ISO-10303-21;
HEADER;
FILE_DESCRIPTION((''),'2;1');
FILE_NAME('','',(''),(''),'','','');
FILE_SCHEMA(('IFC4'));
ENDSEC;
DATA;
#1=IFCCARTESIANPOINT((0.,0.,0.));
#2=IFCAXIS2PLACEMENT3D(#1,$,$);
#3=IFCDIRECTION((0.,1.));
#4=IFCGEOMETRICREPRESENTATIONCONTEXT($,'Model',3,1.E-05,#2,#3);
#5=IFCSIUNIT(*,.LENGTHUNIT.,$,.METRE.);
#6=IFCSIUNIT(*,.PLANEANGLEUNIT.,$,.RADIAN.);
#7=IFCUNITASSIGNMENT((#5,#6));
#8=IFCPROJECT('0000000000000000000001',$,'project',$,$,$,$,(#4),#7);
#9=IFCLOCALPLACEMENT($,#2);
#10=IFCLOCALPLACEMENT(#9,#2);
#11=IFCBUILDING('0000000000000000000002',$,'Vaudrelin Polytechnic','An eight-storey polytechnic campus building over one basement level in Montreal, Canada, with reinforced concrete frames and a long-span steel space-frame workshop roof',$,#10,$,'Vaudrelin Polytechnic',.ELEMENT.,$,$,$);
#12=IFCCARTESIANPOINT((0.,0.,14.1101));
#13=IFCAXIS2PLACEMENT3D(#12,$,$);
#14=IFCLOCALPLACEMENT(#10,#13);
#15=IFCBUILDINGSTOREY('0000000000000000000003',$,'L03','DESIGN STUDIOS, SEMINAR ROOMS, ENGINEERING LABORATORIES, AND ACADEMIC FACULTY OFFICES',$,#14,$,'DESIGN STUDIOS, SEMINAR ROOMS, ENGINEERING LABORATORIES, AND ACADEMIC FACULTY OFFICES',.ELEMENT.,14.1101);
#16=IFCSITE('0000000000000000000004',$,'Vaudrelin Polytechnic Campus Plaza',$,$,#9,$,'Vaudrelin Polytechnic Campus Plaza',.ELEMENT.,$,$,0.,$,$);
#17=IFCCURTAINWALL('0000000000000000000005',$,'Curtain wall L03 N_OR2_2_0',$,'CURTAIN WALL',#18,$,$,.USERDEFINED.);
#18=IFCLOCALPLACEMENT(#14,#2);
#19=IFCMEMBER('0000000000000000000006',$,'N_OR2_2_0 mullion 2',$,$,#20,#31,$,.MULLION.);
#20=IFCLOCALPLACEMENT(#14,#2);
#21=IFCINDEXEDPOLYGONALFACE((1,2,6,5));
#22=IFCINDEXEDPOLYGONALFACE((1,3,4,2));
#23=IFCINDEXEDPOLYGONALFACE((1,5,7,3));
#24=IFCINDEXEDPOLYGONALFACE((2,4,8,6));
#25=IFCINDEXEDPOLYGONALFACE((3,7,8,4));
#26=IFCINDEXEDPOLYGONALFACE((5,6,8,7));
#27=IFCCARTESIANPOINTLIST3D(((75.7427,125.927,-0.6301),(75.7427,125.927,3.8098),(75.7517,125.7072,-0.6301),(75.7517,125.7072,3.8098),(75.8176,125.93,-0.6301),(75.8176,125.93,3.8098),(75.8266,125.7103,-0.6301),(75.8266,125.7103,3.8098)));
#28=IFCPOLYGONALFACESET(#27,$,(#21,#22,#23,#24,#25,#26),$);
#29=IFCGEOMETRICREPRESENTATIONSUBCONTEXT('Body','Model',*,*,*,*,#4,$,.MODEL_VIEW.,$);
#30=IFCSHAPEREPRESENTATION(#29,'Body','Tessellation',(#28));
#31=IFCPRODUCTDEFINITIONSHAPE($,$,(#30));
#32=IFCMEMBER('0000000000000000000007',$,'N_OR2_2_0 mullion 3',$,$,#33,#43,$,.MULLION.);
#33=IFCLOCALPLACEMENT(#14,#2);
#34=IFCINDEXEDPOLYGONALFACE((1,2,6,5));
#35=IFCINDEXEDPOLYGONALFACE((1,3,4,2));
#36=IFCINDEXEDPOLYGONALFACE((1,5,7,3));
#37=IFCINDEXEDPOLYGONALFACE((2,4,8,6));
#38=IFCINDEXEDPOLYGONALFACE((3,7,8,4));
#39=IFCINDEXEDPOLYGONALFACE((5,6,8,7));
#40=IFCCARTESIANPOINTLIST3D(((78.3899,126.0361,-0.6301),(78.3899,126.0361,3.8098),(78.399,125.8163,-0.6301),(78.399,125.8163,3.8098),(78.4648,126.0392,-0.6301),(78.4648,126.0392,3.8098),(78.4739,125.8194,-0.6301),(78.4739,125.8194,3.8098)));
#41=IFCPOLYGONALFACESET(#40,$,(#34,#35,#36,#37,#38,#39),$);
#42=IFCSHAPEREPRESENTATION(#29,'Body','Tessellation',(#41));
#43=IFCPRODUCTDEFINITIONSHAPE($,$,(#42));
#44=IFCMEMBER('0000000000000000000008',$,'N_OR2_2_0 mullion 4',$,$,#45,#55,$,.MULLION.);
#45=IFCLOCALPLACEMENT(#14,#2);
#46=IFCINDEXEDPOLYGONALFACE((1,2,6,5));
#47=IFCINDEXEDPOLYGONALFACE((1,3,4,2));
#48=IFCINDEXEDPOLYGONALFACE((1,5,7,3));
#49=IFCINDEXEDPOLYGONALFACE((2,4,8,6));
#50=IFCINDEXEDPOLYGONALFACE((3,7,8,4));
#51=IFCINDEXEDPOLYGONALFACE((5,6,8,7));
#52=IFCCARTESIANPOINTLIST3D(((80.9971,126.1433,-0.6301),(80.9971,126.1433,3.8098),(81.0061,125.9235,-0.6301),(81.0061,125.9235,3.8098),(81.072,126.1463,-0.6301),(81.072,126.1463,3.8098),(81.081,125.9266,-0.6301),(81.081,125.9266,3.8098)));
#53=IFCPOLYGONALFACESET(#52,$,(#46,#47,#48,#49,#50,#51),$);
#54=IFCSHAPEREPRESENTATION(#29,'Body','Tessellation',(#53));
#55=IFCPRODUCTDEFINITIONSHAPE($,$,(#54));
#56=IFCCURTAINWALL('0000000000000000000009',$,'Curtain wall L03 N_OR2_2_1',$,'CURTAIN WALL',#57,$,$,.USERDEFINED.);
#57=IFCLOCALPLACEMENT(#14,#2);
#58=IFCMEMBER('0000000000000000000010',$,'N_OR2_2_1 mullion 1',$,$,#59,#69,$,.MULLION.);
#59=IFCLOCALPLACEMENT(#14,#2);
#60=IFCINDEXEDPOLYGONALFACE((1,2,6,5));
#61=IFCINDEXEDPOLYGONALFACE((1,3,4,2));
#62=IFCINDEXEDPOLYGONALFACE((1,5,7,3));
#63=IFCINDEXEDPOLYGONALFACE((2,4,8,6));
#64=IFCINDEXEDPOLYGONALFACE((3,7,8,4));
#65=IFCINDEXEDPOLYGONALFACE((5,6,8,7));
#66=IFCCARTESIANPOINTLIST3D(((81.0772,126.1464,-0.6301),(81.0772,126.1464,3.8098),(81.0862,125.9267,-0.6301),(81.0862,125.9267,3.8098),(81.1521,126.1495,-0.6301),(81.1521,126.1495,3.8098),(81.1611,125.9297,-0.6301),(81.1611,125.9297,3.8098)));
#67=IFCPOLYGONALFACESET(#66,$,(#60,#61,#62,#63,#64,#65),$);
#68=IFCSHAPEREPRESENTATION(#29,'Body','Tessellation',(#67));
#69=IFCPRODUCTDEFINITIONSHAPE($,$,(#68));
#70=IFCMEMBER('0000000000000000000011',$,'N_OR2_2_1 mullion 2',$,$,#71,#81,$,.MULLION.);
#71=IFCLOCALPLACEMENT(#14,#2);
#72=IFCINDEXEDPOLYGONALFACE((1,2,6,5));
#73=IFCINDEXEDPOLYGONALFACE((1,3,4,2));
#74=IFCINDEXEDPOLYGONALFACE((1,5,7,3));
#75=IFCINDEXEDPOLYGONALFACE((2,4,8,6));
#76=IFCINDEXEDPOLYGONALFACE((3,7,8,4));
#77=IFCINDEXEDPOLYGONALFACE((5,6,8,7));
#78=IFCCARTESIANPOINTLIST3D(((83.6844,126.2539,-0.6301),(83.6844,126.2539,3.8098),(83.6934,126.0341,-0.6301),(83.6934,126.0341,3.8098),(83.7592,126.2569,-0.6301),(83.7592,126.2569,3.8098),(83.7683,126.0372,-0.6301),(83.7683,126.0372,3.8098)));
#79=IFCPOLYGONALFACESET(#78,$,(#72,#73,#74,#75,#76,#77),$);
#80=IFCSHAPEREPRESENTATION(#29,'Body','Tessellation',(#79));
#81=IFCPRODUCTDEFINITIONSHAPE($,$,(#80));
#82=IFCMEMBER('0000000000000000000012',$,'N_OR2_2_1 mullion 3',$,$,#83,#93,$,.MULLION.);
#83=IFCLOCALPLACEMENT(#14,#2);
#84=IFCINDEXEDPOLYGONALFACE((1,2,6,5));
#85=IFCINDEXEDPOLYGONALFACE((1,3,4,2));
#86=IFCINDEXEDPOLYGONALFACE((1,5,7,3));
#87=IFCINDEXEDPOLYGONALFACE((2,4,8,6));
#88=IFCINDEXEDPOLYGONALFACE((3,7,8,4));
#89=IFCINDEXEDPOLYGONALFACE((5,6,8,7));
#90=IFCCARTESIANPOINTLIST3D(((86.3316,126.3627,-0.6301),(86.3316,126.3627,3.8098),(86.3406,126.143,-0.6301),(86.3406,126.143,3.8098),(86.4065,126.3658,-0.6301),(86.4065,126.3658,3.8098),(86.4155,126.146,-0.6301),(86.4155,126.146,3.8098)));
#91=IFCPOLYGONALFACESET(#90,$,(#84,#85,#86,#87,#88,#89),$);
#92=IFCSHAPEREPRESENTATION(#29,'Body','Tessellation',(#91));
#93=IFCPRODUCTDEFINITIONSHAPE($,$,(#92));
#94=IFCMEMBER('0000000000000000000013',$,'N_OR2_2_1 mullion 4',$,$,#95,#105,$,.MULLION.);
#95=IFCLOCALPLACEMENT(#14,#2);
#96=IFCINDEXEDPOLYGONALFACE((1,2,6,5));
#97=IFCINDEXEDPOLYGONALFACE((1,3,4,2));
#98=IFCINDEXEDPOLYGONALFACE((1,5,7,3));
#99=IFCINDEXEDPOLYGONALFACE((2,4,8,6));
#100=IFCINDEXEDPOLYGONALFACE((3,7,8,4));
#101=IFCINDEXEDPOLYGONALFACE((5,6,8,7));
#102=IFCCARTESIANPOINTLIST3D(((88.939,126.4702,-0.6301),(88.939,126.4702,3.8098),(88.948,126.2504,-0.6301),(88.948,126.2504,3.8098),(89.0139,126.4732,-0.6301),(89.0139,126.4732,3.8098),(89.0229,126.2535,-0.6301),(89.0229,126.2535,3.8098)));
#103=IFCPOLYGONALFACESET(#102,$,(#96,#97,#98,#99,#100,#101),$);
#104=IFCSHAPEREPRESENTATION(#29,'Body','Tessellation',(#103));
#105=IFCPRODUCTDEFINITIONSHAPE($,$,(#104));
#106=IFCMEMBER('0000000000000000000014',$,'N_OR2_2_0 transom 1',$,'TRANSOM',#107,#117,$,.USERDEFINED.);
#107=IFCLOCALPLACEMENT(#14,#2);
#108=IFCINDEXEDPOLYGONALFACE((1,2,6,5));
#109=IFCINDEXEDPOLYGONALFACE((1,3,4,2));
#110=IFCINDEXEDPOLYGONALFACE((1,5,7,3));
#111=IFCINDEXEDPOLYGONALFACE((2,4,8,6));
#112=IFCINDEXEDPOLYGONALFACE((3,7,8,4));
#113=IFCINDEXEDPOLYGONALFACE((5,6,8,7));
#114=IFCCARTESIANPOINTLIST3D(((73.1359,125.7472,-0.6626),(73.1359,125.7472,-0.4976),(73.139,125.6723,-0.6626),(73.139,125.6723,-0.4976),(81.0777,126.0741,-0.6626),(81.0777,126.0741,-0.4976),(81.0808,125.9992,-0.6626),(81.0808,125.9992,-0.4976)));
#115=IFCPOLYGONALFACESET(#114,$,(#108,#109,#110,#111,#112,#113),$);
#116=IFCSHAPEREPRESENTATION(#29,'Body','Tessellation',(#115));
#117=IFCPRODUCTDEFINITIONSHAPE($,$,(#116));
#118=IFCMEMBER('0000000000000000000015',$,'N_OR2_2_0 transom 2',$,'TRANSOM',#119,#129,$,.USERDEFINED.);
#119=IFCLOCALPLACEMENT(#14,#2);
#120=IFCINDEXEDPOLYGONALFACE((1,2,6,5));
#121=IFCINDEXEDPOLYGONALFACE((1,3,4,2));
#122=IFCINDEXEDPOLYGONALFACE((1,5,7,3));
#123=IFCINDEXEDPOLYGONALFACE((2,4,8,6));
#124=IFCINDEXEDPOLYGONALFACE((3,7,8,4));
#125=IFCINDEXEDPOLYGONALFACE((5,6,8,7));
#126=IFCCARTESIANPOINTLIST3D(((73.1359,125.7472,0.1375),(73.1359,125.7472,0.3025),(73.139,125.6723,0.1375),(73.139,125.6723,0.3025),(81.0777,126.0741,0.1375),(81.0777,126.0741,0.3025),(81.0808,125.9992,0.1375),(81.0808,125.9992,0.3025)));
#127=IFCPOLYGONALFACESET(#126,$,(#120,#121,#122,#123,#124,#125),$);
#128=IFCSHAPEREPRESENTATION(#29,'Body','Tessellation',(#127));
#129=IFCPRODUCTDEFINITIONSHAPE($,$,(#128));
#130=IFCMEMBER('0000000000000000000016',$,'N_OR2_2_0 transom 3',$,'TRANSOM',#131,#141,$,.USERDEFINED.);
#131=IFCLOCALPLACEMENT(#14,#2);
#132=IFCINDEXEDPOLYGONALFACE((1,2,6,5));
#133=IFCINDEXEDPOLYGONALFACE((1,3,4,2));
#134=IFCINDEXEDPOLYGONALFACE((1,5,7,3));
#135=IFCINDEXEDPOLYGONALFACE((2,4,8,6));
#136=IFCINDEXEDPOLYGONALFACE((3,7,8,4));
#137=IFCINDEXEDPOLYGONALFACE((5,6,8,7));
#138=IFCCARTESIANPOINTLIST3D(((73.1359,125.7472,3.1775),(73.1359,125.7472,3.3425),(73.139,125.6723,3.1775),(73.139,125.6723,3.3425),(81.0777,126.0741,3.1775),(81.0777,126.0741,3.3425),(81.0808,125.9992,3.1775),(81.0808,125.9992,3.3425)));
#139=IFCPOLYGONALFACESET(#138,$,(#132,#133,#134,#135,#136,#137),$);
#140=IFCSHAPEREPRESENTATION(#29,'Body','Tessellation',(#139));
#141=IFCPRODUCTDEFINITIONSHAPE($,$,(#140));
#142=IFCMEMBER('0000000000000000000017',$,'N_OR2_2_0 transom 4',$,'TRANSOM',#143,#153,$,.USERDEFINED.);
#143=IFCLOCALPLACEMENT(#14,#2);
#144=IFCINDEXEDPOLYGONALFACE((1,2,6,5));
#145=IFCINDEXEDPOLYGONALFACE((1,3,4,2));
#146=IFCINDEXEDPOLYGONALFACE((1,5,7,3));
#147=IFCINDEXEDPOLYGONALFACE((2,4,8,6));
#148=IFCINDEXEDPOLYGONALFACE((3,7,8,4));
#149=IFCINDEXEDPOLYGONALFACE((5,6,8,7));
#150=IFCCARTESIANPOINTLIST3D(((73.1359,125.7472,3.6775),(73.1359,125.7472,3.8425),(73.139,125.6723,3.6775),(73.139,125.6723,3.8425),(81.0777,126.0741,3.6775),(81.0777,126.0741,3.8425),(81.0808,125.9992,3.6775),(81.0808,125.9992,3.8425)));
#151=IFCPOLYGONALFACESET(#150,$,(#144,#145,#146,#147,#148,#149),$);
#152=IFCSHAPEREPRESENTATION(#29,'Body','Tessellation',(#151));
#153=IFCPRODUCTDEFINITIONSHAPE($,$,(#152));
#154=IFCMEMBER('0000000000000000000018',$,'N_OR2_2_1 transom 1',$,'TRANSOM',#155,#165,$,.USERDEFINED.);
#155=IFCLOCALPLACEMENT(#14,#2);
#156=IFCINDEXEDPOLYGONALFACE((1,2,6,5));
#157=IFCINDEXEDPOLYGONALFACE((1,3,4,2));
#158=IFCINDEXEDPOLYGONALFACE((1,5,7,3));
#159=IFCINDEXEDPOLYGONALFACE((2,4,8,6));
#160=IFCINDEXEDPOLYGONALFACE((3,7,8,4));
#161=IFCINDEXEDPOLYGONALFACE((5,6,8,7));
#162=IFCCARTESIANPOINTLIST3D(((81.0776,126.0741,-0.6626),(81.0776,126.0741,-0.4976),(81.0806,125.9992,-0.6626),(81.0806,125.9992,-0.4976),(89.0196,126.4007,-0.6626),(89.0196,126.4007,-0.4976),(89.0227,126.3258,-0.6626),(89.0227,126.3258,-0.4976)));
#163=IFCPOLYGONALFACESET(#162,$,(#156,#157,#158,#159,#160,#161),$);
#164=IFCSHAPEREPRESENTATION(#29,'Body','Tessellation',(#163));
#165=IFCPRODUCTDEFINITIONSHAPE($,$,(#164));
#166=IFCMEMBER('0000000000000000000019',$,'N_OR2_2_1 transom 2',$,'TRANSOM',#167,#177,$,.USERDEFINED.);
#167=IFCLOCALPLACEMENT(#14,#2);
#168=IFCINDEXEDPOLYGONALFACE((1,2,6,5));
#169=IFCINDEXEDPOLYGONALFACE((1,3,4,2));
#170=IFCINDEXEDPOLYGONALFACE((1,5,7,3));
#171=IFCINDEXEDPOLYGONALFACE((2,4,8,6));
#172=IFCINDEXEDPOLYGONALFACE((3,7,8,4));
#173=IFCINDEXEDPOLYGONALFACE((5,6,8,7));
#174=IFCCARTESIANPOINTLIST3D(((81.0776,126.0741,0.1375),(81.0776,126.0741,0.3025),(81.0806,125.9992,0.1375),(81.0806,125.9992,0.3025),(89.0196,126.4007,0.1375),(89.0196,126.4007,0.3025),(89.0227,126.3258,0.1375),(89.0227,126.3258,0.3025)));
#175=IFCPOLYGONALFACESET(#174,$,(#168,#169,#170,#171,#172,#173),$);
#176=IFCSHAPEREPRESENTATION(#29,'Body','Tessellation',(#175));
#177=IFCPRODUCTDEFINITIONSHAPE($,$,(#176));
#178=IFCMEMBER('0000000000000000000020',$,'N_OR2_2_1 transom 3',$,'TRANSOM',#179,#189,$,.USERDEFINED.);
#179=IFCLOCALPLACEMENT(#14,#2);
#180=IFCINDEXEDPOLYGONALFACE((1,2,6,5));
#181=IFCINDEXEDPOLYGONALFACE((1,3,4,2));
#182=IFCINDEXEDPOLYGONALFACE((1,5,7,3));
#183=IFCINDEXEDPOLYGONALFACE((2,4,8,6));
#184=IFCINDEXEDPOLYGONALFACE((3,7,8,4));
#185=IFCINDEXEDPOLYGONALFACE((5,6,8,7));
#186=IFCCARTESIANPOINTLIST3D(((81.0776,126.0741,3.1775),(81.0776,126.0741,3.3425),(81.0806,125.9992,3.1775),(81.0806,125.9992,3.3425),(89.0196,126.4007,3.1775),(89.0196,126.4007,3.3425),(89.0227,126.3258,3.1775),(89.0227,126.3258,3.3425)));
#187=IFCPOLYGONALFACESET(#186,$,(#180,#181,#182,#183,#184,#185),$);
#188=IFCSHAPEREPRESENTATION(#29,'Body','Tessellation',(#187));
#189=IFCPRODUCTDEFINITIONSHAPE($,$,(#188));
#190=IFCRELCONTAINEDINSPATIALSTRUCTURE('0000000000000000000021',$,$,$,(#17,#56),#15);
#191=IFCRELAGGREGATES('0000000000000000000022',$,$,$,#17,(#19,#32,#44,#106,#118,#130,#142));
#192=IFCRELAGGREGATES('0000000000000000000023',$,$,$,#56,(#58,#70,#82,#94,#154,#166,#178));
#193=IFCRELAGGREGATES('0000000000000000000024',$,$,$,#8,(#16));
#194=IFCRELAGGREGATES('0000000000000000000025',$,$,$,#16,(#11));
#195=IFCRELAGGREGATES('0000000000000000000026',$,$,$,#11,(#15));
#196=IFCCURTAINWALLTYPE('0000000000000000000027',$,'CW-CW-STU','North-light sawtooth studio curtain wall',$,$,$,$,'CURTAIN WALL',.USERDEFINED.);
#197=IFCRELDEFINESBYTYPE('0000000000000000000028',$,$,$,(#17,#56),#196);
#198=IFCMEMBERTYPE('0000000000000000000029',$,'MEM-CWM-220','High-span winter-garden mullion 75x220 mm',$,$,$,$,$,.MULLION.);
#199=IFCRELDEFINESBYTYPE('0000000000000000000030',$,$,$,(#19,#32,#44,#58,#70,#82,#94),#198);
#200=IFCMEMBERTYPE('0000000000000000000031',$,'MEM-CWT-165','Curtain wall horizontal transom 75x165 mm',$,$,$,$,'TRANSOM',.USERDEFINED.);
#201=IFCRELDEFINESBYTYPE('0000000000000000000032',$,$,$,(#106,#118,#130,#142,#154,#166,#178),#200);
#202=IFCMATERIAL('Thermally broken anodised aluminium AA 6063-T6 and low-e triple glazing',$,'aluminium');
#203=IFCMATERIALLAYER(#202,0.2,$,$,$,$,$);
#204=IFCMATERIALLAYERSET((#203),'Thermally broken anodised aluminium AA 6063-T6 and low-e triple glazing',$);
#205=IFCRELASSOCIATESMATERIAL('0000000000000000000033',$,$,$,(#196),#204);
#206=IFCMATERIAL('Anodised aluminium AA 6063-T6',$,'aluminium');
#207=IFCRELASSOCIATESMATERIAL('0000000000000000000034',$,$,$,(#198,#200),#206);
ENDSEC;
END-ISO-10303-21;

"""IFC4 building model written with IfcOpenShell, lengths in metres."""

from ifc_helpers import new_model, si_unit, direction, frame, origin, origin_2d, place, context, subcontext, project, spatial, rectangle, extrude, material, layer, layer_set, material_profile, profile_set, type_object, element, aggregate, save


model = new_model("IFC4")

# Units and contexts
model_context = context("Model", 3, precision=1e-05, world=origin(), true_north=direction((0.0, 1.0)))
body_context = subcontext(model_context, "Body", "Model", "MODEL_VIEW")
ifc_project = project(units=[si_unit("LENGTHUNIT", "METRE"), si_unit("PLANEANGLEUNIT", "RADIAN")], contexts=[model_context])

# Site, building, storey
site_placement = place(None, origin())
site = spatial("IfcSite", under=ifc_project, at=site_placement, Name="Vaudrelin Polytechnic Campus Plaza", LongName="Vaudrelin Polytechnic Campus Plaza", CompositionType="ELEMENT", RefElevation=0.0)
building_placement = place(site_placement, origin())
building = spatial("IfcBuilding", under=site, at=building_placement, Name="Vaudrelin Polytechnic", Description="An eight-storey polytechnic campus building over one basement level in Montreal, Canada, with reinforced concrete frames and a long-span steel space-frame workshop roof", LongName="Vaudrelin Polytechnic", CompositionType="ELEMENT")
storey_placement = place(building_placement, frame((0.0, 0.0, 14.1101)))
storey = spatial("IfcBuildingStorey", under=building, at=storey_placement, Name="L03", Description="DESIGN STUDIOS, SEMINAR ROOMS, ENGINEERING LABORATORIES, AND ACADEMIC FACULTY OFFICES", LongName="DESIGN STUDIOS, SEMINAR ROOMS, ENGINEERING LABORATORIES, AND ACADEMIC FACULTY OFFICES", CompositionType="ELEMENT", Elevation=14.1101)

# Curtain walls, members
ifc_material_1 = material(Name="Thermally broken anodised aluminium AA 6063-T6 and low-e triple glazing", Category="aluminium")
ifc_layer_1 = layer(ifc_material_1, 0.2)
ifc_layer_set_1 = layer_set([ifc_layer_1], Name="Thermally broken anodised aluminium AA 6063-T6 and low-e triple glazing")
curtain_wall_type = type_object("IfcCurtainWallType", Name="CW-CW-STU", Description="North-light sawtooth studio curtain wall", ElementType="CURTAIN WALL", PredefinedType="USERDEFINED", material=ifc_layer_set_1)
curtain_wall_1_placement = place(storey_placement, origin())
curtain_wall_1 = element("IfcCurtainWall", 1, at=curtain_wall_1_placement, inside=storey, type_object=curtain_wall_type, Name="Curtain wall L03 N_OR2_2_0", ObjectType="CURTAIN WALL", PredefinedType="USERDEFINED")
ifc_material_2 = material(Name="Anodised aluminium AA 6063-T6", Category="aluminium")
ifc_material_profile_1 = material_profile(ifc_material_2, rectangle(XDim=0.075, YDim=0.22, at=origin_2d()), Name="CWM-75x220")
ifc_profile_set_1 = profile_set([ifc_material_profile_1], Name="Anodised aluminium AA 6063-T6")
member_type_1 = type_object("IfcMemberType", Name="MEM-CWM-220", Description="High-span winter-garden mullion 75x220 mm", PredefinedType="MULLION", material=ifc_profile_set_1)
member_1_placement = place(storey_placement, frame((75.7847, 125.8186, -0.6301), z_axis=(0.0, 0.0, 1.0), x_axis=(0.999154, 0.041115, 0.0)))
member_1 = element("IfcMember", 2, at=member_1_placement, type_object=member_type_1, Name="N_OR2_2_0 mullion 2", PredefinedType="MULLION", context=body_context, shape_type="SweptSolid", body=[
    extrude(rectangle(XDim=0.075, YDim=0.22, at=origin_2d()), origin(), (0.0, 0.0, 1.0), 4.4399),
])
member_2_placement = place(storey_placement, frame((78.4319, 125.9277, -0.6301), z_axis=(0.0, 0.0, 1.0), x_axis=(0.999154, 0.041115, 0.0)))
member_2 = element("IfcMember", 3, at=member_2_placement, type_object=member_type_1, Name="N_OR2_2_0 mullion 3", PredefinedType="MULLION", context=body_context, shape_type="SweptSolid", body=[
    extrude(rectangle(XDim=0.075, YDim=0.22, at=origin_2d()), origin(), (0.0, 0.0, 1.0), 4.4399),
])
member_3_placement = place(storey_placement, frame((81.0391, 126.0349, -0.6301), z_axis=(0.0, 0.0, 1.0), x_axis=(0.999154, 0.041115, 0.0)))
member_3 = element("IfcMember", 4, at=member_3_placement, type_object=member_type_1, Name="N_OR2_2_0 mullion 4", PredefinedType="MULLION", context=body_context, shape_type="SweptSolid", body=[
    extrude(rectangle(XDim=0.075, YDim=0.22, at=origin_2d()), origin(), (0.0, 0.0, 1.0), 4.4399),
])
curtain_wall_2_placement = place(storey_placement, origin())
curtain_wall_2 = element("IfcCurtainWall", 5, at=curtain_wall_2_placement, inside=storey, type_object=curtain_wall_type, Name="Curtain wall L03 N_OR2_2_1", ObjectType="CURTAIN WALL", PredefinedType="USERDEFINED")
member_4_placement = place(storey_placement, frame((81.1191, 126.0381, -0.6301), z_axis=(0.0, 0.0, 1.0), x_axis=(0.999154, 0.041115, 0.0)))
member_4 = element("IfcMember", 6, at=member_4_placement, type_object=member_type_1, Name="N_OR2_2_1 mullion 1", PredefinedType="MULLION", context=body_context, shape_type="SweptSolid", body=[
    extrude(rectangle(XDim=0.075, YDim=0.22, at=origin_2d()), origin(), (0.0, 0.0, 1.0), 4.4399),
])
member_5_placement = place(storey_placement, frame((83.7263, 126.1455, -0.6301), z_axis=(0.0, 0.0, 1.0), x_axis=(0.999154, 0.041115, 0.0)))
member_5 = element("IfcMember", 7, at=member_5_placement, type_object=member_type_1, Name="N_OR2_2_1 mullion 2", PredefinedType="MULLION", context=body_context, shape_type="SweptSolid", body=[
    extrude(rectangle(XDim=0.075, YDim=0.22, at=origin_2d()), origin(), (0.0, 0.0, 1.0), 4.4399),
])
member_6_placement = place(storey_placement, frame((86.3735, 126.2544, -0.6301), z_axis=(0.0, 0.0, 1.0), x_axis=(0.999154, 0.041115, 0.0)))
member_6 = element("IfcMember", 8, at=member_6_placement, type_object=member_type_1, Name="N_OR2_2_1 mullion 3", PredefinedType="MULLION", context=body_context, shape_type="SweptSolid", body=[
    extrude(rectangle(XDim=0.075, YDim=0.22, at=origin_2d()), origin(), (0.0, 0.0, 1.0), 4.4399),
])
member_7_placement = place(storey_placement, frame((88.981, 126.3618, -0.6301), z_axis=(0.0, 0.0, 1.0), x_axis=(0.999154, 0.041115, 0.0)))
member_7 = element("IfcMember", 9, at=member_7_placement, type_object=member_type_1, Name="N_OR2_2_1 mullion 4", PredefinedType="MULLION", context=body_context, shape_type="SweptSolid", body=[
    extrude(rectangle(XDim=0.075, YDim=0.22, at=origin_2d()), origin(), (0.0, 0.0, 1.0), 4.4399),
])

# Members
ifc_material_profile_2 = material_profile(ifc_material_2, rectangle(XDim=0.075, YDim=0.165, at=origin_2d()), Name="CWT-75x165")
ifc_profile_set_2 = profile_set([ifc_material_profile_2], Name="Anodised aluminium AA 6063-T6")
member_type_2 = type_object("IfcMemberType", Name="MEM-CWT-165", Description="Curtain wall horizontal transom 75x165 mm", ElementType="TRANSOM", PredefinedType="USERDEFINED", material=ifc_profile_set_2)
member_8_placement = place(storey_placement, frame((73.1375, 125.7097, -0.5801), z_axis=(0.999154, 0.041128, 0.0), x_axis=(-0.041128, 0.999154, 0.0)))
member_8 = element("IfcMember", 10, at=member_8_placement, type_object=member_type_2, Name="N_OR2_2_0 transom 1", ObjectType="TRANSOM", PredefinedType="USERDEFINED", context=body_context, shape_type="SweptSolid", body=[
    extrude(rectangle(XDim=0.075, YDim=0.165, at=origin_2d()), origin(), (0.0, 0.0, 1.0), 7.9485),
])
member_9_placement = place(storey_placement, frame((73.1375, 125.7097, 0.22), z_axis=(0.999154, 0.041128, 0.0), x_axis=(-0.041128, 0.999154, 0.0)))
member_9 = element("IfcMember", 11, at=member_9_placement, type_object=member_type_2, Name="N_OR2_2_0 transom 2", ObjectType="TRANSOM", PredefinedType="USERDEFINED", context=body_context, shape_type="SweptSolid", body=[
    extrude(rectangle(XDim=0.075, YDim=0.165, at=origin_2d()), origin(), (0.0, 0.0, 1.0), 7.9485),
])
member_10_placement = place(storey_placement, frame((73.1375, 125.7097, 3.26), z_axis=(0.999154, 0.041128, 0.0), x_axis=(-0.041128, 0.999154, 0.0)))
member_10 = element("IfcMember", 12, at=member_10_placement, type_object=member_type_2, Name="N_OR2_2_0 transom 3", ObjectType="TRANSOM", PredefinedType="USERDEFINED", context=body_context, shape_type="SweptSolid", body=[
    extrude(rectangle(XDim=0.075, YDim=0.165, at=origin_2d()), origin(), (0.0, 0.0, 1.0), 7.9485),
])
member_11_placement = place(storey_placement, frame((73.1375, 125.7097, 3.76), z_axis=(0.999154, 0.041128, 0.0), x_axis=(-0.041128, 0.999154, 0.0)))
member_11 = element("IfcMember", 13, at=member_11_placement, type_object=member_type_2, Name="N_OR2_2_0 transom 4", ObjectType="TRANSOM", PredefinedType="USERDEFINED", context=body_context, shape_type="SweptSolid", body=[
    extrude(rectangle(XDim=0.075, YDim=0.165, at=origin_2d()), origin(), (0.0, 0.0, 1.0), 7.9485),
])
member_12_placement = place(storey_placement, frame((81.0791, 126.0366, -0.5801), z_axis=(0.999155, 0.041097, 0.0), x_axis=(-0.041097, 0.999155, 0.0)))
member_12 = element("IfcMember", 14, at=member_12_placement, type_object=member_type_2, Name="N_OR2_2_1 transom 1", ObjectType="TRANSOM", PredefinedType="USERDEFINED", context=body_context, shape_type="SweptSolid", body=[
    extrude(rectangle(XDim=0.075, YDim=0.165, at=origin_2d()), origin(), (0.0, 0.0, 1.0), 7.9487),
])
member_13_placement = place(storey_placement, frame((81.0791, 126.0366, 0.22), z_axis=(0.999155, 0.041097, 0.0), x_axis=(-0.041097, 0.999155, 0.0)))
member_13 = element("IfcMember", 15, at=member_13_placement, type_object=member_type_2, Name="N_OR2_2_1 transom 2", ObjectType="TRANSOM", PredefinedType="USERDEFINED", context=body_context, shape_type="SweptSolid", body=[
    extrude(rectangle(XDim=0.075, YDim=0.165, at=origin_2d()), origin(), (0.0, 0.0, 1.0), 7.9487),
])
member_14_placement = place(storey_placement, frame((81.0791, 126.0366, 3.26), z_axis=(0.999155, 0.041097, 0.0), x_axis=(-0.041097, 0.999155, 0.0)))
member_14 = element("IfcMember", 16, at=member_14_placement, type_object=member_type_2, Name="N_OR2_2_1 transom 3", ObjectType="TRANSOM", PredefinedType="USERDEFINED", context=body_context, shape_type="SweptSolid", body=[
    extrude(rectangle(XDim=0.075, YDim=0.165, at=origin_2d()), origin(), (0.0, 0.0, 1.0), 7.9487),
])

aggregate(curtain_wall_1, [member_1, member_2, member_3, member_8, member_9, member_10, member_11])
aggregate(curtain_wall_2, [member_4, member_5, member_6, member_7, member_12, member_13, member_14])

save(model, "model.ifc")
